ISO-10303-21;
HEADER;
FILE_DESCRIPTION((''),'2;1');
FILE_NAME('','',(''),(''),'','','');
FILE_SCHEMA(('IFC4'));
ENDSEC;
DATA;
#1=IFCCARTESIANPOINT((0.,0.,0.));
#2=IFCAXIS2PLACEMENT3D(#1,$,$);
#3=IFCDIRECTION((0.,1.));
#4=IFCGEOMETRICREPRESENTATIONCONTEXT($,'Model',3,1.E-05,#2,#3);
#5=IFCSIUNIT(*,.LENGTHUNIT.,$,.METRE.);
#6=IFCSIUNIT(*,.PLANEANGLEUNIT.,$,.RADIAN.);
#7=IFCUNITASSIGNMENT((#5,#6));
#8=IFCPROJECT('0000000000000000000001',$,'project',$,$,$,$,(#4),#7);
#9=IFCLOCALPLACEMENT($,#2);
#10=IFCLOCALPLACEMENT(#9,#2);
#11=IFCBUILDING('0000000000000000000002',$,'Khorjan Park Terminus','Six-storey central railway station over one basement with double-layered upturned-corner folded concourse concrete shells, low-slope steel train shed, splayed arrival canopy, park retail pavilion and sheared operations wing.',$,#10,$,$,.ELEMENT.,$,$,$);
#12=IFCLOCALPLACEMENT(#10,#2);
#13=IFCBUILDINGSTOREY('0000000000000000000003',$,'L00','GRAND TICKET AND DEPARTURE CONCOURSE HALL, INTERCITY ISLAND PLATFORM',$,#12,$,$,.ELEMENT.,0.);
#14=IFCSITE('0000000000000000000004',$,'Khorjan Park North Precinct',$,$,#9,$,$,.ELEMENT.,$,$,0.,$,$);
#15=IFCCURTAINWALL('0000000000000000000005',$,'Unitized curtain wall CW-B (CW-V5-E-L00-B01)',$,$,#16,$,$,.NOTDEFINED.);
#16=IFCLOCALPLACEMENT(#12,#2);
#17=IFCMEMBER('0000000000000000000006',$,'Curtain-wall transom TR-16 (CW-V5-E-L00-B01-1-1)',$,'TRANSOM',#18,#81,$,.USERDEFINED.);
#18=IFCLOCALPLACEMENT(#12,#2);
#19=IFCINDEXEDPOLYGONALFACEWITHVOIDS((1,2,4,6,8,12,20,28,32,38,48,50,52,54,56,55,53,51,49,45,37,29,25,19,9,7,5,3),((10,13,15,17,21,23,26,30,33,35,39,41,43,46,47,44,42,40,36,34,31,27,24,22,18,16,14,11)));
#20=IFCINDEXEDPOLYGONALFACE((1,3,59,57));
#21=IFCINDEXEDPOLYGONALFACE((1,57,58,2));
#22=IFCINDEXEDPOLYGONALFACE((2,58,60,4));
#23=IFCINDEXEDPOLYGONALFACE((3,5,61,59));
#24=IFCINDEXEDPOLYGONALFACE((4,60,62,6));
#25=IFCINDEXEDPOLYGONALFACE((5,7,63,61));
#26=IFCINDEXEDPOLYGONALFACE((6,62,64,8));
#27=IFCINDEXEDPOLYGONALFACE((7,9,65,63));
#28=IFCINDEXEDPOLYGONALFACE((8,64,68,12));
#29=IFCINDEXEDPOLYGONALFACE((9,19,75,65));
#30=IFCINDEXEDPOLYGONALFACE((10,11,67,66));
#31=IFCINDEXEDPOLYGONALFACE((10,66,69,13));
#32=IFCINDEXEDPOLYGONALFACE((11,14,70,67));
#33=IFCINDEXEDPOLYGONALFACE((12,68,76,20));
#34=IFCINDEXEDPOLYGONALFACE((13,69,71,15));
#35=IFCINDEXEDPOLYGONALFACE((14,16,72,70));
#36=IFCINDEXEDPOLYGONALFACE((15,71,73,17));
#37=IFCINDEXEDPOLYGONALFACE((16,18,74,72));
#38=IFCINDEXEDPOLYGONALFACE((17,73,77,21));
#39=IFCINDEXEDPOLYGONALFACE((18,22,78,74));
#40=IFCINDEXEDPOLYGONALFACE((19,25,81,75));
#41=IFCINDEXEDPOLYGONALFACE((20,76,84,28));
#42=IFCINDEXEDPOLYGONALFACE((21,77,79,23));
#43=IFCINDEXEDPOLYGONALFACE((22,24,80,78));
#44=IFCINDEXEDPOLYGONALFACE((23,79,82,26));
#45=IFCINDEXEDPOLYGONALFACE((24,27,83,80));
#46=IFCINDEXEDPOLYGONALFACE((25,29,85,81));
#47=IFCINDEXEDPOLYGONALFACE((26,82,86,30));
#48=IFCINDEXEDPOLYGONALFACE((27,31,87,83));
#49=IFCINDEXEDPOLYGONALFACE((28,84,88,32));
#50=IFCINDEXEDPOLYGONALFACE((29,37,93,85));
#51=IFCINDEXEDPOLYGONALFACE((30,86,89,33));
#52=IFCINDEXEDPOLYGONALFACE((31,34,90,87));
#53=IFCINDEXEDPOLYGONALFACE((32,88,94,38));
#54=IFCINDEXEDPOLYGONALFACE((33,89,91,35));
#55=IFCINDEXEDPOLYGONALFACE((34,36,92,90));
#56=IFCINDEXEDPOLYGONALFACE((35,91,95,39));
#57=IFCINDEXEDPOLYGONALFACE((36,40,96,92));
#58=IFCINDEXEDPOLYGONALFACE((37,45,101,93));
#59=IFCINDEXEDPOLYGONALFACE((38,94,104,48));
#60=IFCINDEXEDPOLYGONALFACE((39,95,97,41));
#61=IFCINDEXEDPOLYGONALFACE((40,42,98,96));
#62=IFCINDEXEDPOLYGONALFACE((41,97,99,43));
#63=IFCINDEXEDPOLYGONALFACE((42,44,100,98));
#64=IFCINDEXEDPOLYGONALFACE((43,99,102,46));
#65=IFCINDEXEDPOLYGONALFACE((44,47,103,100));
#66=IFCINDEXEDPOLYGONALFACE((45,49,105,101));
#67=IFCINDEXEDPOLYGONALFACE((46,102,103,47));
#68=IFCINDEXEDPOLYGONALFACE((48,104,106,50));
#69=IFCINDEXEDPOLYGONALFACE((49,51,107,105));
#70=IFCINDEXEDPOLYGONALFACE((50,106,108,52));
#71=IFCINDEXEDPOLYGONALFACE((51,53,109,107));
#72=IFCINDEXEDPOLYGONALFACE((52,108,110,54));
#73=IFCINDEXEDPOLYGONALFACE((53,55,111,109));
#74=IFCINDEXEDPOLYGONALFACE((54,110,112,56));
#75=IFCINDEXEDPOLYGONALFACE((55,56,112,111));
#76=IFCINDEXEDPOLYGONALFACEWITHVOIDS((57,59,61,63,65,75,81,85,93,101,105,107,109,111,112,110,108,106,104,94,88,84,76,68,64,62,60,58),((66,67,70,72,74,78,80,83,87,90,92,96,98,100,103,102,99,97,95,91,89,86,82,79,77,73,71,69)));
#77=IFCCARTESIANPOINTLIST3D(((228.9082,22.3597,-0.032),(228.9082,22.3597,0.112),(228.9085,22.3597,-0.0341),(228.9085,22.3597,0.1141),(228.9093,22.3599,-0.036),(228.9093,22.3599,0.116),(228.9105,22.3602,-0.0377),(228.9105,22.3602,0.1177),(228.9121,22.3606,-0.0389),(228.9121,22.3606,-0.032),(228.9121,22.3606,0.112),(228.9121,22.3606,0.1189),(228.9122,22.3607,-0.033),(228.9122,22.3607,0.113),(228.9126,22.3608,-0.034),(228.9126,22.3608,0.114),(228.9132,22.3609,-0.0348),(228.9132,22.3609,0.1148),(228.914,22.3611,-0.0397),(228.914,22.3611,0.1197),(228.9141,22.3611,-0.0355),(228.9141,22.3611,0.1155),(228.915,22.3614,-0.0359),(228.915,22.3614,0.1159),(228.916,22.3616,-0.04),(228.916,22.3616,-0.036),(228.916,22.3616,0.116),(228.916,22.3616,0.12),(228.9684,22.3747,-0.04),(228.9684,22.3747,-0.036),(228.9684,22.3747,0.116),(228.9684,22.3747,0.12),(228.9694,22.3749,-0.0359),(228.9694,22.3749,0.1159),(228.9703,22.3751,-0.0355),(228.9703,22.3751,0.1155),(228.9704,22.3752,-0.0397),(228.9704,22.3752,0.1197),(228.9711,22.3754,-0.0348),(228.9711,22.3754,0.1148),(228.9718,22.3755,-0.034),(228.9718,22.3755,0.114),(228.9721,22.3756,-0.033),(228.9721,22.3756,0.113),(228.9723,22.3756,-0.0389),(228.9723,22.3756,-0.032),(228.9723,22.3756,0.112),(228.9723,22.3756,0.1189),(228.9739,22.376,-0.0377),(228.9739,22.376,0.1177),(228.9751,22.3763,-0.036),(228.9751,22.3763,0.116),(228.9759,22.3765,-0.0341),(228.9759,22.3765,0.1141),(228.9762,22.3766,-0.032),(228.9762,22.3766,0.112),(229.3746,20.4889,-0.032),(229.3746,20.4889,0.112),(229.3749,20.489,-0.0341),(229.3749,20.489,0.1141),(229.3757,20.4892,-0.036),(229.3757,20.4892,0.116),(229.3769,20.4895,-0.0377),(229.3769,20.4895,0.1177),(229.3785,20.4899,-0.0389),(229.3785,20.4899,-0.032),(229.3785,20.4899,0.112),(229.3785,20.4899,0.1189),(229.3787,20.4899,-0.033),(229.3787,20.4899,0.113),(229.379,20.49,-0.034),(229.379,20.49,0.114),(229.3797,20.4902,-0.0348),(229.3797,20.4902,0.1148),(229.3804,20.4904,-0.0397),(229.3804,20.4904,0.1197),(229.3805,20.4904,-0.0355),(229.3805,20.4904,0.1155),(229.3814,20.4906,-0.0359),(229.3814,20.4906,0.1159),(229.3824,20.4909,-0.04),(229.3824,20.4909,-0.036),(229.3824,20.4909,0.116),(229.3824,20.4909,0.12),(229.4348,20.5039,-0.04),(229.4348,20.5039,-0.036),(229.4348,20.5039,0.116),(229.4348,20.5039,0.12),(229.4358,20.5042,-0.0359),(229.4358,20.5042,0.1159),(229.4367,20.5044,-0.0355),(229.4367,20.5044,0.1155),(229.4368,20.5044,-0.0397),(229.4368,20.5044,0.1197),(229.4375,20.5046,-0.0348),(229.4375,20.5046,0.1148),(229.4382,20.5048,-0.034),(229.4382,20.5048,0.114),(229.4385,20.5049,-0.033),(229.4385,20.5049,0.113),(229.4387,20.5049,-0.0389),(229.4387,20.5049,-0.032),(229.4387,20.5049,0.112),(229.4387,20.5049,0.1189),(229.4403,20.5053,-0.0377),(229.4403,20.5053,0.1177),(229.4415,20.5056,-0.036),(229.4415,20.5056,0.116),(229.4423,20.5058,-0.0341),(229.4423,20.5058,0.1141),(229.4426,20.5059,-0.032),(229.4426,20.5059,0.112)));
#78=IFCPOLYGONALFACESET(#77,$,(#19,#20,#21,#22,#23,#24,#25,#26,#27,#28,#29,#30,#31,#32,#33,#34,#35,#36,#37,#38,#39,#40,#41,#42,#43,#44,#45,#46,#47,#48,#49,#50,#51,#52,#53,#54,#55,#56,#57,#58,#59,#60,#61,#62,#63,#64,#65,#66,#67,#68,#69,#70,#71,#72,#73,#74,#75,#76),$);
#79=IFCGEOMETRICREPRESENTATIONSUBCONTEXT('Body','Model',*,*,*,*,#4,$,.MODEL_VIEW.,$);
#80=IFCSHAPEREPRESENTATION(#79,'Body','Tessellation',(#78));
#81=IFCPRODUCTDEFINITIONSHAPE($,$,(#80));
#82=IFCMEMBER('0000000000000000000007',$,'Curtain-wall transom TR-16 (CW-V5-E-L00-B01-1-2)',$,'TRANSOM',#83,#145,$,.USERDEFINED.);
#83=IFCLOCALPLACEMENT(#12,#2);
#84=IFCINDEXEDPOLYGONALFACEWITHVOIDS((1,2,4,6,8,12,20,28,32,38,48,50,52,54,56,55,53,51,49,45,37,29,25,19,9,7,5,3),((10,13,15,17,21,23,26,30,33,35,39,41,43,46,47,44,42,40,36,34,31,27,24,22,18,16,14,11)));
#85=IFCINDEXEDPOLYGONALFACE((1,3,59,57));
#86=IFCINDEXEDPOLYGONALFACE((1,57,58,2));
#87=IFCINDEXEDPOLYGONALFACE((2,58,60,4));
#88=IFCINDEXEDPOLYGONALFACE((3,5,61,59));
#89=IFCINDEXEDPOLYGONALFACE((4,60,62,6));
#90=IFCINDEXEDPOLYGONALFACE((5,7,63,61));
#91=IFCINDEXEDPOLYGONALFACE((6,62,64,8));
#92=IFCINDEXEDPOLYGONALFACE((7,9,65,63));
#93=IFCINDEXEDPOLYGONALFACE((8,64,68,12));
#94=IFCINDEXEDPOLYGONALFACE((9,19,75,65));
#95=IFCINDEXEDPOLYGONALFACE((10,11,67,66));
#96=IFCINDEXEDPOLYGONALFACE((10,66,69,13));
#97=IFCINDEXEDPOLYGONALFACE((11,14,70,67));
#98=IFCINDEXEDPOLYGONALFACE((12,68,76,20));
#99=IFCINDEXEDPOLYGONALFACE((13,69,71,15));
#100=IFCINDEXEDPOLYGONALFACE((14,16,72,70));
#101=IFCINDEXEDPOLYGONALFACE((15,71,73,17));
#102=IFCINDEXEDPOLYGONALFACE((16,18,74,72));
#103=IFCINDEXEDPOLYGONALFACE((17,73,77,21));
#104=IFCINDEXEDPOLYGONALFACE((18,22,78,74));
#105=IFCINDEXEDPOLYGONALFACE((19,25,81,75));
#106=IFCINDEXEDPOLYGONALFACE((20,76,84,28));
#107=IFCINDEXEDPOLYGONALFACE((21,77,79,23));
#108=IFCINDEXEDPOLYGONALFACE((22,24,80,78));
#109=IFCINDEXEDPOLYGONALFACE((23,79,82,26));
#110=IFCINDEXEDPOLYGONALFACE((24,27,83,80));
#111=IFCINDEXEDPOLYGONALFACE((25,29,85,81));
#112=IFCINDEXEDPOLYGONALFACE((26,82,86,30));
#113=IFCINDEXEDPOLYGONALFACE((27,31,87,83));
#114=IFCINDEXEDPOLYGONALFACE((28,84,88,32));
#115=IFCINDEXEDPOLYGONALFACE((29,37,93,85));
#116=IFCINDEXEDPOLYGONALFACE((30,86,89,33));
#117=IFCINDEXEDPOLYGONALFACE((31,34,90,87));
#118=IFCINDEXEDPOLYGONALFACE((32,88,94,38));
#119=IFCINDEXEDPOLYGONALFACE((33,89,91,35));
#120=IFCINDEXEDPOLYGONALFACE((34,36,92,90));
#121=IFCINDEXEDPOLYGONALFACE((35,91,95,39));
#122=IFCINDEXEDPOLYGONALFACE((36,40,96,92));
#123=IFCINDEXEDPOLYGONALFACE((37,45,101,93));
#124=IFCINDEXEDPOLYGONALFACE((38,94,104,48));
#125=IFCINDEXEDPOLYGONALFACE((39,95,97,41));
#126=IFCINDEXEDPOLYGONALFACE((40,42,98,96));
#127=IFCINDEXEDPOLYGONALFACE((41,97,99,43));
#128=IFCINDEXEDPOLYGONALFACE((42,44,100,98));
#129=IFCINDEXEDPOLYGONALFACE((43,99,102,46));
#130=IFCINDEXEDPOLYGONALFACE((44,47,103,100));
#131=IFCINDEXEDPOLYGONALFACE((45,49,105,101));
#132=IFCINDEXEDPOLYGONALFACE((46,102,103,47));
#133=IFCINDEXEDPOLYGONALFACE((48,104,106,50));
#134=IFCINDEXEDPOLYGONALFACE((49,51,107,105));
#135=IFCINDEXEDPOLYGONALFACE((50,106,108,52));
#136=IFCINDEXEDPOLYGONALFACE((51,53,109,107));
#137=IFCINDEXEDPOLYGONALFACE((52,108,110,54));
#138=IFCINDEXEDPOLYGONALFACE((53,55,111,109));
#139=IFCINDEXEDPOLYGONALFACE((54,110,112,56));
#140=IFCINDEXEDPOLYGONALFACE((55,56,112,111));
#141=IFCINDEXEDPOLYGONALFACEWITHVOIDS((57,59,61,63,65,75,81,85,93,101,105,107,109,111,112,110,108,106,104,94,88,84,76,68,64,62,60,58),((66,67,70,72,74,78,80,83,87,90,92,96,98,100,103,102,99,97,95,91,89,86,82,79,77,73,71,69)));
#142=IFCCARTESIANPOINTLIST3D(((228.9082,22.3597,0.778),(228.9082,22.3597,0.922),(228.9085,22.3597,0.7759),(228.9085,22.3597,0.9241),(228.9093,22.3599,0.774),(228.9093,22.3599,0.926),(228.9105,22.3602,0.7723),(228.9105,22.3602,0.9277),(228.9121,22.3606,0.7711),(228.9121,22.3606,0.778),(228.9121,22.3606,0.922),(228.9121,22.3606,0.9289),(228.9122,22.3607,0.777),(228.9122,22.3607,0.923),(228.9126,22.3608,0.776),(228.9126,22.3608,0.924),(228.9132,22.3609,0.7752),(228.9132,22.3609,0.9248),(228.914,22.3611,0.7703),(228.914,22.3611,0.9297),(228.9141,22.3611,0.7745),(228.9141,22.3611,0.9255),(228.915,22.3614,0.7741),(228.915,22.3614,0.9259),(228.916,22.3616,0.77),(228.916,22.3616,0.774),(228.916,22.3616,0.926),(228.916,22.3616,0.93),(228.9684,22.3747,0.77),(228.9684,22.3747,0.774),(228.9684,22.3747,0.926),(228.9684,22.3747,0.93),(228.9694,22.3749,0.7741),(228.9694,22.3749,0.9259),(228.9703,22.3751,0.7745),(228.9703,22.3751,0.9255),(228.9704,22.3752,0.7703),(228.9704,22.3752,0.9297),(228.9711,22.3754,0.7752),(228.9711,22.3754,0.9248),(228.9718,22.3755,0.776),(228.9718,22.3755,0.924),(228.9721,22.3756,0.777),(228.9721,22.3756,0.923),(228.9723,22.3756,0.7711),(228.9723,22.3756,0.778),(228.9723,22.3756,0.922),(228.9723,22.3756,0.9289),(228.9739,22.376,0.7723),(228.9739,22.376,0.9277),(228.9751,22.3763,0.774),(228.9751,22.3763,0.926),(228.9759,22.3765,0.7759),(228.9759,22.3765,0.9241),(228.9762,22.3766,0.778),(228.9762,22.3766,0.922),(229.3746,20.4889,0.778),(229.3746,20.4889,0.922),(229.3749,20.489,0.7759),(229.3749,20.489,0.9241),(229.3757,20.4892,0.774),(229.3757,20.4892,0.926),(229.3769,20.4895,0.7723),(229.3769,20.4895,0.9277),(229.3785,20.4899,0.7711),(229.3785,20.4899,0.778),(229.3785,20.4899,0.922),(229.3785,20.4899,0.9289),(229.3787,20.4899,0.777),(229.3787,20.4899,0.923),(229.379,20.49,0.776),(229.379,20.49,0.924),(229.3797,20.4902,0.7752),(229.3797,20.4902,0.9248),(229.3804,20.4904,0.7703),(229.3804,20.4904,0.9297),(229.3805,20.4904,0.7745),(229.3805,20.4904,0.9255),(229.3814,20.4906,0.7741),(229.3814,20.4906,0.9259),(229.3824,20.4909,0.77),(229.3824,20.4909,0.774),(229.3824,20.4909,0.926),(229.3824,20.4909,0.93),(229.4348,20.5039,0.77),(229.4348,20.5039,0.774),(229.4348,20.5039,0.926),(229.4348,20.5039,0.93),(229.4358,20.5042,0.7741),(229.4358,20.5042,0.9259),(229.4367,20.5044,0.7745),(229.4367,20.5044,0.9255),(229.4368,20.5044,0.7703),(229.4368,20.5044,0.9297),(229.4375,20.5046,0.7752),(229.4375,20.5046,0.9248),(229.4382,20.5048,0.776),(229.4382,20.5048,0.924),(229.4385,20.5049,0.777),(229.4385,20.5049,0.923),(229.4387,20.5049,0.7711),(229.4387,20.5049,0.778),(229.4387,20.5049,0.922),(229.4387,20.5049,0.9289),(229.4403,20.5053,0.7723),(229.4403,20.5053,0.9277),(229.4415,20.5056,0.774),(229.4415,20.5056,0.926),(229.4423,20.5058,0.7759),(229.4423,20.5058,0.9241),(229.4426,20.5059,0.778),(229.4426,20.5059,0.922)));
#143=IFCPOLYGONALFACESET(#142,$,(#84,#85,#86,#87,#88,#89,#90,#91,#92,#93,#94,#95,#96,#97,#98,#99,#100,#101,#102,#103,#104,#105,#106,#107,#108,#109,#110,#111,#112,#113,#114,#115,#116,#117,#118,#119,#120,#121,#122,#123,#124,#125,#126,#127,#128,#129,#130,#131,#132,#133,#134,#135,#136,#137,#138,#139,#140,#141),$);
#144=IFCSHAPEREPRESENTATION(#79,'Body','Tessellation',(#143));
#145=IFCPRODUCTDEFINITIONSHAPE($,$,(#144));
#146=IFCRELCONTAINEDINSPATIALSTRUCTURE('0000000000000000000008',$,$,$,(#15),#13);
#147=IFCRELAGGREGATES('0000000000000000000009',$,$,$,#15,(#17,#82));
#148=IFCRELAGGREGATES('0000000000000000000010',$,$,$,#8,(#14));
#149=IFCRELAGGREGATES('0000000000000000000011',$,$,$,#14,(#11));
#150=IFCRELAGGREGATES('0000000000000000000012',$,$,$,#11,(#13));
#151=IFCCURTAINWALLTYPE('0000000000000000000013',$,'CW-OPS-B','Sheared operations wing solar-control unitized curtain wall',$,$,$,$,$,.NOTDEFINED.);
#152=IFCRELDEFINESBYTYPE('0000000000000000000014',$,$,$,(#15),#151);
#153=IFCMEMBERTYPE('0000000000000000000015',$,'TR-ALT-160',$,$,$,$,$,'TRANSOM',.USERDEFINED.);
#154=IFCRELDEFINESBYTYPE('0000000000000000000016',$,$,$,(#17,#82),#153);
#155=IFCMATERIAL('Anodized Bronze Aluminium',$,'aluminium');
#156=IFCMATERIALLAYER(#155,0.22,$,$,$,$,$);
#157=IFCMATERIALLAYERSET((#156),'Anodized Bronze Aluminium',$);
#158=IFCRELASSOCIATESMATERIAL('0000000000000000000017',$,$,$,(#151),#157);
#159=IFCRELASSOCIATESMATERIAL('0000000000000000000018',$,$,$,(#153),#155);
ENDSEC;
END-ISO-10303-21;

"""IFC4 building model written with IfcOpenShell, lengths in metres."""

from ifc_helpers import new_model, si_unit, direction, frame, origin, origin_2d, place, context, subcontext, project, spatial, hollow_rectangle, extrude, material, layer, layer_set, material_profile, profile_set, type_object, element, aggregate, save


model = new_model("IFC4")

# Units and contexts
model_context = context("Model", 3, precision=1e-05, world=origin(), true_north=direction((0.0, 1.0)))
body_context = subcontext(model_context, "Body", "Model", "MODEL_VIEW")
ifc_project = project(units=[si_unit("LENGTHUNIT", "METRE"), si_unit("PLANEANGLEUNIT", "RADIAN")], contexts=[model_context])

# Site, building, storey
site_placement = place(None, origin())
site = spatial("IfcSite", under=ifc_project, at=site_placement, Name="Khorjan Park North Precinct", CompositionType="ELEMENT", RefElevation=0.0)
building_placement = place(site_placement, origin())
building = spatial("IfcBuilding", under=site, at=building_placement, Name="Khorjan Park Terminus", Description="Six-storey central railway station over one basement with double-layered upturned-corner folded concourse concrete shells, low-slope steel train shed, splayed arrival canopy, park retail pavilion and sheared operations wing.", CompositionType="ELEMENT")
storey_placement = place(building_placement, origin())
storey = spatial("IfcBuildingStorey", under=building, at=storey_placement, Name="L00", Description="GRAND TICKET AND DEPARTURE CONCOURSE HALL, INTERCITY ISLAND PLATFORM", CompositionType="ELEMENT", Elevation=0.0)

# Curtain wall, members
ifc_material_1 = material(Name="Anodized Bronze Aluminium", Category="aluminium")
ifc_layer_1 = layer(ifc_material_1, 0.22)
ifc_layer_set_1 = layer_set([ifc_layer_1], Name="Anodized Bronze Aluminium")
curtain_wall_type = type_object("IfcCurtainWallType", Name="CW-OPS-B", Description="Sheared operations wing solar-control unitized curtain wall", PredefinedType="NOTDEFINED", material=ifc_layer_set_1)
curtain_wall_placement = place(storey_placement, origin())
curtain_wall = element("IfcCurtainWall", 1, at=curtain_wall_placement, inside=storey, type_object=curtain_wall_type, Name="Unitized curtain wall CW-B (CW-V5-E-L00-B01)", PredefinedType="NOTDEFINED")
ifc_material_profile_1 = material_profile(ifc_material_1, hollow_rectangle(XDim=0.07, YDim=0.16, WallThickness=0.004, InnerFilletRadius=0.004, OuterFilletRadius=0.008, at=origin_2d()), Name="ALT 70x160x4")
ifc_profile_set_1 = profile_set([ifc_material_profile_1], Name="Anodized Bronze Aluminium")
member_type_1 = type_object("IfcMemberType", Name="TR-ALT-160", ElementType="TRANSOM", PredefinedType="USERDEFINED", material=ifc_profile_set_1)
member_1_placement = place(storey_placement, frame((229.4086, 20.4974, 0.04), z_axis=(-0.241913, 0.970298, 0.0), x_axis=(-0.970298, -0.241913, 0.0)))
member_1 = element("IfcMember", 2, at=member_1_placement, type_object=member_type_1, Name="Curtain-wall transom TR-16 (CW-V5-E-L00-B01-1-1)", ObjectType="TRANSOM", PredefinedType="USERDEFINED", context=body_context, shape_type="SweptSolid", body=[
    extrude(hollow_rectangle(XDim=0.07, YDim=0.16, WallThickness=0.004, InnerFilletRadius=0.004, OuterFilletRadius=0.008, at=origin_2d()), origin(), (0.0, 0.0, 1.0), 1.928),
])
member_2_placement = place(storey_placement, frame((229.4086, 20.4974, 0.85), z_axis=(-0.241913, 0.970298, 0.0), x_axis=(-0.970298, -0.241913, 0.0)))
member_2 = element("IfcMember", 3, at=member_2_placement, type_object=member_type_1, Name="Curtain-wall transom TR-16 (CW-V5-E-L00-B01-1-2)", ObjectType="TRANSOM", PredefinedType="USERDEFINED", context=body_context, shape_type="SweptSolid", body=[
    extrude(hollow_rectangle(XDim=0.07, YDim=0.16, WallThickness=0.004, InnerFilletRadius=0.004, OuterFilletRadius=0.008, at=origin_2d()), origin(), (0.0, 0.0, 1.0), 1.928),
])
aggregate(curtain_wall, [member_1, member_2])

save(model, "model.ifc")
